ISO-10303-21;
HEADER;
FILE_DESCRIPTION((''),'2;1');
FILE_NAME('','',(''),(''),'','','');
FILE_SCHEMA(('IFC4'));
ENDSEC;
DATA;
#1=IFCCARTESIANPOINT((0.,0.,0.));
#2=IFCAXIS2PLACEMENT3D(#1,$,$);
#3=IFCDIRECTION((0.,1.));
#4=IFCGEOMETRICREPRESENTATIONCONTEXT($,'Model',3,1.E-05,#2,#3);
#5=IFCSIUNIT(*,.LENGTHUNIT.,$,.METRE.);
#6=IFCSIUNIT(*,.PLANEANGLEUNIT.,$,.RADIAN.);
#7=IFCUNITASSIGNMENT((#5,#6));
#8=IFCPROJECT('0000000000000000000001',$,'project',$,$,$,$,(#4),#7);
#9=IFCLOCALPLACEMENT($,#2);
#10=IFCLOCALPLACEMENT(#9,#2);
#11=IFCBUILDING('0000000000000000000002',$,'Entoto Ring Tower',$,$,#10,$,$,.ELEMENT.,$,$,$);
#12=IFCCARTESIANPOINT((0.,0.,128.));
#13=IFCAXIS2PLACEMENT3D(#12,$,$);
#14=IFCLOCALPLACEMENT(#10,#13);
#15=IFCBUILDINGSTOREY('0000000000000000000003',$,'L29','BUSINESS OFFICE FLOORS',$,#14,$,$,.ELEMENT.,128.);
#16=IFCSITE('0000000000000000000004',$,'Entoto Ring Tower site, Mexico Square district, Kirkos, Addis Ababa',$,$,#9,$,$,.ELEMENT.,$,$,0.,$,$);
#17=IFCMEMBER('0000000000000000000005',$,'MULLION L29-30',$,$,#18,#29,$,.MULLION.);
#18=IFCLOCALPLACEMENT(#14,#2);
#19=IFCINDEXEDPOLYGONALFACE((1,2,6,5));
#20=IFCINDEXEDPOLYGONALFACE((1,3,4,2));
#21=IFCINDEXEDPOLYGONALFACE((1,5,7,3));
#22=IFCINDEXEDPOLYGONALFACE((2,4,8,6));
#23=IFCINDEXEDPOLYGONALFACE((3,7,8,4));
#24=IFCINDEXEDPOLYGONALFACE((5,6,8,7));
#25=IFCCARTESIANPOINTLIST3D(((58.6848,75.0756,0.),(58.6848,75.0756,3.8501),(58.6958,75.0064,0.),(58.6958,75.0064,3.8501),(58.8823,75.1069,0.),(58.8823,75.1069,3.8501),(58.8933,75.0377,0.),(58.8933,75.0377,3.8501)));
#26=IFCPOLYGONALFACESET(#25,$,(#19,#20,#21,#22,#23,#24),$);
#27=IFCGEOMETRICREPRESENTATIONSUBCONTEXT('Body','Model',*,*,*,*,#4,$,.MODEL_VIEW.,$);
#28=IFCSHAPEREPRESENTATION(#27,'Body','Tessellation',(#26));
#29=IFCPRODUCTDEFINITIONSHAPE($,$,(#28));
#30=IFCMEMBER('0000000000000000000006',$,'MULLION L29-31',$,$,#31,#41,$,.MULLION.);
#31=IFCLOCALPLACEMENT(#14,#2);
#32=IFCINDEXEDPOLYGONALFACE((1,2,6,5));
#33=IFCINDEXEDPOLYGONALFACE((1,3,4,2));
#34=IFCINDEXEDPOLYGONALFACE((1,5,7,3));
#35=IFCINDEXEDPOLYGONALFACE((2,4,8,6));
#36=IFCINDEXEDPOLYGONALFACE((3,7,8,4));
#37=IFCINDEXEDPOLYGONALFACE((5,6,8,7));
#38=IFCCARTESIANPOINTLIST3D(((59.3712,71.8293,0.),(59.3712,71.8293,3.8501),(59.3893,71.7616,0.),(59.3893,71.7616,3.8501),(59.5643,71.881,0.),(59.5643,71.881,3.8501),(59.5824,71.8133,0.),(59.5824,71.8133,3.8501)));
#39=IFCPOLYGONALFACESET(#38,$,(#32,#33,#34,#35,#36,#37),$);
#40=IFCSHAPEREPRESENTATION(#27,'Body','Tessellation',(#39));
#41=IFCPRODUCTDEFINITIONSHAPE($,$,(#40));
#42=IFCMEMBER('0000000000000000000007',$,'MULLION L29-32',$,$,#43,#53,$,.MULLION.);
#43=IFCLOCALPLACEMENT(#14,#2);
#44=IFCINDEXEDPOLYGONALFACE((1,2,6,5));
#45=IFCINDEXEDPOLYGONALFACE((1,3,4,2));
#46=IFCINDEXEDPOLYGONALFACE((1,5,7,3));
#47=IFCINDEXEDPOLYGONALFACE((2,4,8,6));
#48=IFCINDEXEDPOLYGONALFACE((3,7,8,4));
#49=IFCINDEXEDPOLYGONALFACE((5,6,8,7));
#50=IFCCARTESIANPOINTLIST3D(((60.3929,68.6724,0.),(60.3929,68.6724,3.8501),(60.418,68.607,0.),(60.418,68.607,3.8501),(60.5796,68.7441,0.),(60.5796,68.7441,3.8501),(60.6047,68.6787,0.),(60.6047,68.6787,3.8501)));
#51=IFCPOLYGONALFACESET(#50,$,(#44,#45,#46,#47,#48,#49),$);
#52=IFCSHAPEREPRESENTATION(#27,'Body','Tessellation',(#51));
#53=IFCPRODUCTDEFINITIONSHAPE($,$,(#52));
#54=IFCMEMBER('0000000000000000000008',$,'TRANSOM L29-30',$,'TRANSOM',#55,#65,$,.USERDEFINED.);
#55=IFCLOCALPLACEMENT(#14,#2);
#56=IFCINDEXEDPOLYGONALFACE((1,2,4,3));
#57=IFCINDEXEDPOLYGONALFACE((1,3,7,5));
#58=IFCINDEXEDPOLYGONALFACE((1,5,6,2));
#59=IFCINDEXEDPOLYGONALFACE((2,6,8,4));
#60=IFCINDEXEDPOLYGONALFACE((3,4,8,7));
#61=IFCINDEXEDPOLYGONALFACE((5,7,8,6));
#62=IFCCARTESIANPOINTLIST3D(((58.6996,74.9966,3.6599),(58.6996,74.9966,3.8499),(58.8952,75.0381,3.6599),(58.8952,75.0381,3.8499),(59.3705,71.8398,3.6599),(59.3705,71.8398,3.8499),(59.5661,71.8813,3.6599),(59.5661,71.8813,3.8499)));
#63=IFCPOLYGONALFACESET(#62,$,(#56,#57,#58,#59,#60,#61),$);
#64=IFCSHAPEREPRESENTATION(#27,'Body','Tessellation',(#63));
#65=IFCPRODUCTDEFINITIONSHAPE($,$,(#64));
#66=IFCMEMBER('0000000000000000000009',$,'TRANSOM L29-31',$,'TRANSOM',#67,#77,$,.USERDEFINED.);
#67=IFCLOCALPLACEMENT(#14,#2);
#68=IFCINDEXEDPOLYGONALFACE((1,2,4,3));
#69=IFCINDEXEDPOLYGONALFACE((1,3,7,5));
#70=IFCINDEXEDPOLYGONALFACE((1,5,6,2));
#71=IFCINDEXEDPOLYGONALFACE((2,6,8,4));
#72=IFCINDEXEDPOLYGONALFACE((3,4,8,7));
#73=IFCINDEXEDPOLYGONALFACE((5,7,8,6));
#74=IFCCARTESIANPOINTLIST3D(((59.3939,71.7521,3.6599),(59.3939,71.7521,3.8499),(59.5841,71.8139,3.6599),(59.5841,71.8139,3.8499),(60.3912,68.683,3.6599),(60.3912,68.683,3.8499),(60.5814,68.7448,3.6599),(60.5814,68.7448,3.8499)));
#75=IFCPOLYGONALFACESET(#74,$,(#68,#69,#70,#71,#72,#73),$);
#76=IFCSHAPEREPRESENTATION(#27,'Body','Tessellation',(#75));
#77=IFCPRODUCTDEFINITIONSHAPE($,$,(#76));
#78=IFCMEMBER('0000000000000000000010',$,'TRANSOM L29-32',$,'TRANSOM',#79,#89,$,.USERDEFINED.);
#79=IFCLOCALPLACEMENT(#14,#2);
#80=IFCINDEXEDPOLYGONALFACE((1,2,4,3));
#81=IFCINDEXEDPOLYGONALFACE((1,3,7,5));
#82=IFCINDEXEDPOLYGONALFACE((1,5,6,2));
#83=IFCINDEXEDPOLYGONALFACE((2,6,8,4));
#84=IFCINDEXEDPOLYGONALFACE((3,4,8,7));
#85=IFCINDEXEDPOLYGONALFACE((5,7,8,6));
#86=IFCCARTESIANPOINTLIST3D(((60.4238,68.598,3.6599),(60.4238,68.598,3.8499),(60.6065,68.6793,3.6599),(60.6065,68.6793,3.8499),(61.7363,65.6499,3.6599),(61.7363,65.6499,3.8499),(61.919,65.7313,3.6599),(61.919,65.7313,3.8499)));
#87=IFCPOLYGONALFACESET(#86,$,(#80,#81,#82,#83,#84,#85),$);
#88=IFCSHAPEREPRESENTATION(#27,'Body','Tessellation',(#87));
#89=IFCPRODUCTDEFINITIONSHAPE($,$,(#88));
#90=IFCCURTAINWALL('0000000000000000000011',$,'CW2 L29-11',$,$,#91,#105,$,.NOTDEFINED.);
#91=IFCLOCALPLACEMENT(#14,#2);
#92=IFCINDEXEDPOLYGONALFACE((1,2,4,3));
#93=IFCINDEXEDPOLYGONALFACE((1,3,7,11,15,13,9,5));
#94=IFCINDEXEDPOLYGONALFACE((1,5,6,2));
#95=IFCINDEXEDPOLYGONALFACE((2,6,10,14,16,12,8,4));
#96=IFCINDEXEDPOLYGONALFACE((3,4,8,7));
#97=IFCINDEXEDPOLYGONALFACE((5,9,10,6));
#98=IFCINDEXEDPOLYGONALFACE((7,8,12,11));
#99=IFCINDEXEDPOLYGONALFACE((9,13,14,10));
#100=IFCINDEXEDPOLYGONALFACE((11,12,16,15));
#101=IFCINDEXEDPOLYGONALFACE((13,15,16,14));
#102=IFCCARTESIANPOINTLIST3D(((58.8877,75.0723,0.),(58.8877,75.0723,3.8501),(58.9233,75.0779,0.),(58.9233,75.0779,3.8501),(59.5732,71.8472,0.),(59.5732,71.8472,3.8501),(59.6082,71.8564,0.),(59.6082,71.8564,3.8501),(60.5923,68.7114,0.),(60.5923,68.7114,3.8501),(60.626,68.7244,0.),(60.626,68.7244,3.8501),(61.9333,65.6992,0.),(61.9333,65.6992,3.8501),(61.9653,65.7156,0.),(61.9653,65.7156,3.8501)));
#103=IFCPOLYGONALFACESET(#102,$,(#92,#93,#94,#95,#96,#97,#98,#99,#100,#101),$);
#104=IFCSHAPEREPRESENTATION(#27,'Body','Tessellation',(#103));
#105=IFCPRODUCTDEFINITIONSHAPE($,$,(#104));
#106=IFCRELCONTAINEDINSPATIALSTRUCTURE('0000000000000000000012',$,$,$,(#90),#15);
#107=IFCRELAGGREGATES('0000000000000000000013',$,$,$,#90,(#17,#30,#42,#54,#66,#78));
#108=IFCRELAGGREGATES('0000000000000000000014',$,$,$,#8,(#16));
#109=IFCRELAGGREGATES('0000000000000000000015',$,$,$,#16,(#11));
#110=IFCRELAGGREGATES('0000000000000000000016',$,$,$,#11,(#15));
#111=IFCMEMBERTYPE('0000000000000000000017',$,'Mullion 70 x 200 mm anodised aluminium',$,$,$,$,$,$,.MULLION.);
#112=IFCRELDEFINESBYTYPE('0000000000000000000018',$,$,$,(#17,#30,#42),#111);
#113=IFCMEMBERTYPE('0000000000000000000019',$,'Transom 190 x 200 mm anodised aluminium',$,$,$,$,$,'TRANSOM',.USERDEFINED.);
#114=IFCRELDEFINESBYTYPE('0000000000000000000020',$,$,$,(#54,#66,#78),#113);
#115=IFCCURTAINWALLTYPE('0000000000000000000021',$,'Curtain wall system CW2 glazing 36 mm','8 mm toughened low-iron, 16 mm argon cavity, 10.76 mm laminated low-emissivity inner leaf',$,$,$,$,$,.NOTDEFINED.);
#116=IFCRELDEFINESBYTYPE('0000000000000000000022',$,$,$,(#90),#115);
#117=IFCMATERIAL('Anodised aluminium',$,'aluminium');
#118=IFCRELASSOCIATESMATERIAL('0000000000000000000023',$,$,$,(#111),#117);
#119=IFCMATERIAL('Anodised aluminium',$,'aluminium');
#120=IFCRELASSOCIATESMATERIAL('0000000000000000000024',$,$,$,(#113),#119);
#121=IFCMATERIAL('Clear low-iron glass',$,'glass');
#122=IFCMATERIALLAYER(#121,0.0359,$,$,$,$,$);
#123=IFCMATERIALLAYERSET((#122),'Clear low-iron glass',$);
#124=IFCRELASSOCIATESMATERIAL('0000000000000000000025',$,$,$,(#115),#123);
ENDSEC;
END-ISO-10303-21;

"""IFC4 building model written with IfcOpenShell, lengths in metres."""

from ifc_helpers import new_model, si_unit, direction, frame, origin, origin_2d, place, context, subcontext, project, spatial, polyline, rectangle, outline, extrude, material, layer, layer_set, material_profile, profile_set, type_object, element, aggregate, save


model = new_model("IFC4")

# Units and contexts
model_context = context("Model", 3, precision=1e-05, world=origin(), true_north=direction((0.0, 1.0)))
body_context = subcontext(model_context, "Body", "Model", "MODEL_VIEW")
ifc_project = project(units=[si_unit("LENGTHUNIT", "METRE"), si_unit("PLANEANGLEUNIT", "RADIAN")], contexts=[model_context])

# Members
ifc_material_1 = material(Name="Anodised aluminium", Category="aluminium")
ifc_material_profile_1 = material_profile(ifc_material_1, rectangle(XDim=0.0701, YDim=0.2, at=origin_2d()), Name="Mullion 70 x 200 mm anodised aluminium")
ifc_profile_set_1 = profile_set([ifc_material_profile_1], Name="Anodised aluminium")
member_type_1 = type_object("IfcMemberType", Name="Mullion 70 x 200 mm anodised aluminium", PredefinedType="MULLION", material=ifc_profile_set_1)
site_placement = place(None, origin())
building_placement = place(site_placement, origin())
storey_placement = place(building_placement, frame((0.0, 0.0, 128.0)))
member_1_placement = place(storey_placement, frame((58.7891, 75.0566, 0.0), z_axis=(0.0, 0.0, 1.0), x_axis=(0.156434, -0.987688, 0.0)))
member_1 = element("IfcMember", 1, at=member_1_placement, type_object=member_type_1, Name="MULLION L29-30", PredefinedType="MULLION", context=body_context, shape_type="SweptSolid", body=[
    extrude(rectangle(XDim=0.0701, YDim=0.2, at=origin_2d()), origin(), (0.0, 0.0, 1.0), 3.8501),
])
member_2_placement = place(storey_placement, frame((59.4768, 71.8213, 0.0), z_axis=(0.0, 0.0, 1.0), x_axis=(0.258819, -0.965926, 0.0)))
member_2 = element("IfcMember", 2, at=member_2_placement, type_object=member_type_1, Name="MULLION L29-31", PredefinedType="MULLION", context=body_context, shape_type="SweptSolid", body=[
    extrude(rectangle(XDim=0.0701, YDim=0.2, at=origin_2d()), origin(), (0.0, 0.0, 1.0), 3.8501),
])
member_3_placement = place(storey_placement, frame((60.4988, 68.6755, 0.0), z_axis=(0.0, 0.0, 1.0), x_axis=(0.358368, -0.93358, 0.0)))
member_3 = element("IfcMember", 3, at=member_3_placement, type_object=member_type_1, Name="MULLION L29-32", PredefinedType="MULLION", context=body_context, shape_type="SweptSolid", body=[
    extrude(rectangle(XDim=0.0701, YDim=0.2, at=origin_2d()), origin(), (0.0, 0.0, 1.0), 3.8501),
])
ifc_material_2 = material(Name="Anodised aluminium", Category="aluminium")
ifc_material_profile_2 = material_profile(ifc_material_2, rectangle(XDim=0.2, YDim=0.1899, at=origin_2d()), Name="Transom 190 x 200 mm anodised aluminium")
ifc_profile_set_2 = profile_set([ifc_material_profile_2], Name="Anodised aluminium")
member_type_2 = type_object("IfcMemberType", Name="Transom 190 x 200 mm anodised aluminium", ElementType="TRANSOM", PredefinedType="USERDEFINED", material=ifc_profile_set_2)
member_4_placement = place(storey_placement, frame((58.7974, 75.0173, 3.7549), z_axis=(0.207886, -0.978153, 0.0), x_axis=(0.978153, 0.207886, 0.0)))
member_4 = element("IfcMember", 4, at=member_4_placement, type_object=member_type_2, Name="TRANSOM L29-30", ObjectType="TRANSOM", PredefinedType="USERDEFINED", context=body_context, shape_type="SweptSolid", body=[
    extrude(rectangle(XDim=0.2, YDim=0.1899, at=origin_2d()), origin(), (0.0, 0.0, 1.0), 3.2273),
])
member_5_placement = place(storey_placement, frame((59.489, 71.783, 3.7549), z_axis=(0.309047, -0.951047, 0.0), x_axis=(0.951047, 0.309047, 0.0)))
member_5 = element("IfcMember", 5, at=member_5_placement, type_object=member_type_2, Name="TRANSOM L29-31", ObjectType="TRANSOM", PredefinedType="USERDEFINED", context=body_context, shape_type="SweptSolid", body=[
    extrude(rectangle(XDim=0.2, YDim=0.1899, at=origin_2d()), origin(), (0.0, 0.0, 1.0), 3.2271),
])
member_6_placement = place(storey_placement, frame((60.5151, 68.6387, 3.7549), z_axis=(0.406728, -0.913549, 0.0), x_axis=(0.913549, 0.406728, 0.0)))
member_6 = element("IfcMember", 6, at=member_6_placement, type_object=member_type_2, Name="TRANSOM L29-32", ObjectType="TRANSOM", PredefinedType="USERDEFINED", context=body_context, shape_type="SweptSolid", body=[
    extrude(rectangle(XDim=0.2, YDim=0.1899, at=origin_2d()), origin(), (0.0, 0.0, 1.0), 3.2271),
])

# Site, building, storey
site = spatial("IfcSite", under=ifc_project, at=site_placement, Name="Entoto Ring Tower site, Mexico Square district, Kirkos, Addis Ababa", CompositionType="ELEMENT", RefElevation=0.0)
building = spatial("IfcBuilding", under=site, at=building_placement, Name="Entoto Ring Tower", CompositionType="ELEMENT")
storey = spatial("IfcBuildingStorey", under=building, at=storey_placement, Name="L29", Description="BUSINESS OFFICE FLOORS", CompositionType="ELEMENT", Elevation=128.0)

# Curtain wall
ifc_material_3 = material(Name="Clear low-iron glass", Category="glass")
ifc_layer = layer(ifc_material_3, 0.0359)
ifc_layer_set = layer_set([ifc_layer], Name="Clear low-iron glass")
curtain_wall_type = type_object("IfcCurtainWallType", Name="Curtain wall system CW2 glazing 36 mm", Description="8 mm toughened low-iron, 16 mm argon cavity, 10.76 mm laminated low-emissivity inner leaf", PredefinedType="NOTDEFINED", material=ifc_layer_set)
curtain_wall_1_placement = place(storey_placement, origin())
curtain_wall_1 = element("IfcCurtainWall", 7, at=curtain_wall_1_placement, inside=storey, type_object=curtain_wall_type, Name="CW2 L29-11", PredefinedType="NOTDEFINED", context=body_context, shape_type="SweptSolid", body=[
    extrude(outline(polyline([(58.8877, 75.0723), (59.5732, 71.8472), (60.5923, 68.7114), (61.9333, 65.6992), (61.9653, 65.7156), (60.626, 68.7244), (59.6082, 71.8564), (58.9233, 75.0779), (58.8877, 75.0723)])), origin(), (0.0, 0.0, 1.0), 3.8501),
])
aggregate(curtain_wall_1, [member_1, member_2, member_3, member_4, member_5, member_6])

save(model, "model.ifc")
